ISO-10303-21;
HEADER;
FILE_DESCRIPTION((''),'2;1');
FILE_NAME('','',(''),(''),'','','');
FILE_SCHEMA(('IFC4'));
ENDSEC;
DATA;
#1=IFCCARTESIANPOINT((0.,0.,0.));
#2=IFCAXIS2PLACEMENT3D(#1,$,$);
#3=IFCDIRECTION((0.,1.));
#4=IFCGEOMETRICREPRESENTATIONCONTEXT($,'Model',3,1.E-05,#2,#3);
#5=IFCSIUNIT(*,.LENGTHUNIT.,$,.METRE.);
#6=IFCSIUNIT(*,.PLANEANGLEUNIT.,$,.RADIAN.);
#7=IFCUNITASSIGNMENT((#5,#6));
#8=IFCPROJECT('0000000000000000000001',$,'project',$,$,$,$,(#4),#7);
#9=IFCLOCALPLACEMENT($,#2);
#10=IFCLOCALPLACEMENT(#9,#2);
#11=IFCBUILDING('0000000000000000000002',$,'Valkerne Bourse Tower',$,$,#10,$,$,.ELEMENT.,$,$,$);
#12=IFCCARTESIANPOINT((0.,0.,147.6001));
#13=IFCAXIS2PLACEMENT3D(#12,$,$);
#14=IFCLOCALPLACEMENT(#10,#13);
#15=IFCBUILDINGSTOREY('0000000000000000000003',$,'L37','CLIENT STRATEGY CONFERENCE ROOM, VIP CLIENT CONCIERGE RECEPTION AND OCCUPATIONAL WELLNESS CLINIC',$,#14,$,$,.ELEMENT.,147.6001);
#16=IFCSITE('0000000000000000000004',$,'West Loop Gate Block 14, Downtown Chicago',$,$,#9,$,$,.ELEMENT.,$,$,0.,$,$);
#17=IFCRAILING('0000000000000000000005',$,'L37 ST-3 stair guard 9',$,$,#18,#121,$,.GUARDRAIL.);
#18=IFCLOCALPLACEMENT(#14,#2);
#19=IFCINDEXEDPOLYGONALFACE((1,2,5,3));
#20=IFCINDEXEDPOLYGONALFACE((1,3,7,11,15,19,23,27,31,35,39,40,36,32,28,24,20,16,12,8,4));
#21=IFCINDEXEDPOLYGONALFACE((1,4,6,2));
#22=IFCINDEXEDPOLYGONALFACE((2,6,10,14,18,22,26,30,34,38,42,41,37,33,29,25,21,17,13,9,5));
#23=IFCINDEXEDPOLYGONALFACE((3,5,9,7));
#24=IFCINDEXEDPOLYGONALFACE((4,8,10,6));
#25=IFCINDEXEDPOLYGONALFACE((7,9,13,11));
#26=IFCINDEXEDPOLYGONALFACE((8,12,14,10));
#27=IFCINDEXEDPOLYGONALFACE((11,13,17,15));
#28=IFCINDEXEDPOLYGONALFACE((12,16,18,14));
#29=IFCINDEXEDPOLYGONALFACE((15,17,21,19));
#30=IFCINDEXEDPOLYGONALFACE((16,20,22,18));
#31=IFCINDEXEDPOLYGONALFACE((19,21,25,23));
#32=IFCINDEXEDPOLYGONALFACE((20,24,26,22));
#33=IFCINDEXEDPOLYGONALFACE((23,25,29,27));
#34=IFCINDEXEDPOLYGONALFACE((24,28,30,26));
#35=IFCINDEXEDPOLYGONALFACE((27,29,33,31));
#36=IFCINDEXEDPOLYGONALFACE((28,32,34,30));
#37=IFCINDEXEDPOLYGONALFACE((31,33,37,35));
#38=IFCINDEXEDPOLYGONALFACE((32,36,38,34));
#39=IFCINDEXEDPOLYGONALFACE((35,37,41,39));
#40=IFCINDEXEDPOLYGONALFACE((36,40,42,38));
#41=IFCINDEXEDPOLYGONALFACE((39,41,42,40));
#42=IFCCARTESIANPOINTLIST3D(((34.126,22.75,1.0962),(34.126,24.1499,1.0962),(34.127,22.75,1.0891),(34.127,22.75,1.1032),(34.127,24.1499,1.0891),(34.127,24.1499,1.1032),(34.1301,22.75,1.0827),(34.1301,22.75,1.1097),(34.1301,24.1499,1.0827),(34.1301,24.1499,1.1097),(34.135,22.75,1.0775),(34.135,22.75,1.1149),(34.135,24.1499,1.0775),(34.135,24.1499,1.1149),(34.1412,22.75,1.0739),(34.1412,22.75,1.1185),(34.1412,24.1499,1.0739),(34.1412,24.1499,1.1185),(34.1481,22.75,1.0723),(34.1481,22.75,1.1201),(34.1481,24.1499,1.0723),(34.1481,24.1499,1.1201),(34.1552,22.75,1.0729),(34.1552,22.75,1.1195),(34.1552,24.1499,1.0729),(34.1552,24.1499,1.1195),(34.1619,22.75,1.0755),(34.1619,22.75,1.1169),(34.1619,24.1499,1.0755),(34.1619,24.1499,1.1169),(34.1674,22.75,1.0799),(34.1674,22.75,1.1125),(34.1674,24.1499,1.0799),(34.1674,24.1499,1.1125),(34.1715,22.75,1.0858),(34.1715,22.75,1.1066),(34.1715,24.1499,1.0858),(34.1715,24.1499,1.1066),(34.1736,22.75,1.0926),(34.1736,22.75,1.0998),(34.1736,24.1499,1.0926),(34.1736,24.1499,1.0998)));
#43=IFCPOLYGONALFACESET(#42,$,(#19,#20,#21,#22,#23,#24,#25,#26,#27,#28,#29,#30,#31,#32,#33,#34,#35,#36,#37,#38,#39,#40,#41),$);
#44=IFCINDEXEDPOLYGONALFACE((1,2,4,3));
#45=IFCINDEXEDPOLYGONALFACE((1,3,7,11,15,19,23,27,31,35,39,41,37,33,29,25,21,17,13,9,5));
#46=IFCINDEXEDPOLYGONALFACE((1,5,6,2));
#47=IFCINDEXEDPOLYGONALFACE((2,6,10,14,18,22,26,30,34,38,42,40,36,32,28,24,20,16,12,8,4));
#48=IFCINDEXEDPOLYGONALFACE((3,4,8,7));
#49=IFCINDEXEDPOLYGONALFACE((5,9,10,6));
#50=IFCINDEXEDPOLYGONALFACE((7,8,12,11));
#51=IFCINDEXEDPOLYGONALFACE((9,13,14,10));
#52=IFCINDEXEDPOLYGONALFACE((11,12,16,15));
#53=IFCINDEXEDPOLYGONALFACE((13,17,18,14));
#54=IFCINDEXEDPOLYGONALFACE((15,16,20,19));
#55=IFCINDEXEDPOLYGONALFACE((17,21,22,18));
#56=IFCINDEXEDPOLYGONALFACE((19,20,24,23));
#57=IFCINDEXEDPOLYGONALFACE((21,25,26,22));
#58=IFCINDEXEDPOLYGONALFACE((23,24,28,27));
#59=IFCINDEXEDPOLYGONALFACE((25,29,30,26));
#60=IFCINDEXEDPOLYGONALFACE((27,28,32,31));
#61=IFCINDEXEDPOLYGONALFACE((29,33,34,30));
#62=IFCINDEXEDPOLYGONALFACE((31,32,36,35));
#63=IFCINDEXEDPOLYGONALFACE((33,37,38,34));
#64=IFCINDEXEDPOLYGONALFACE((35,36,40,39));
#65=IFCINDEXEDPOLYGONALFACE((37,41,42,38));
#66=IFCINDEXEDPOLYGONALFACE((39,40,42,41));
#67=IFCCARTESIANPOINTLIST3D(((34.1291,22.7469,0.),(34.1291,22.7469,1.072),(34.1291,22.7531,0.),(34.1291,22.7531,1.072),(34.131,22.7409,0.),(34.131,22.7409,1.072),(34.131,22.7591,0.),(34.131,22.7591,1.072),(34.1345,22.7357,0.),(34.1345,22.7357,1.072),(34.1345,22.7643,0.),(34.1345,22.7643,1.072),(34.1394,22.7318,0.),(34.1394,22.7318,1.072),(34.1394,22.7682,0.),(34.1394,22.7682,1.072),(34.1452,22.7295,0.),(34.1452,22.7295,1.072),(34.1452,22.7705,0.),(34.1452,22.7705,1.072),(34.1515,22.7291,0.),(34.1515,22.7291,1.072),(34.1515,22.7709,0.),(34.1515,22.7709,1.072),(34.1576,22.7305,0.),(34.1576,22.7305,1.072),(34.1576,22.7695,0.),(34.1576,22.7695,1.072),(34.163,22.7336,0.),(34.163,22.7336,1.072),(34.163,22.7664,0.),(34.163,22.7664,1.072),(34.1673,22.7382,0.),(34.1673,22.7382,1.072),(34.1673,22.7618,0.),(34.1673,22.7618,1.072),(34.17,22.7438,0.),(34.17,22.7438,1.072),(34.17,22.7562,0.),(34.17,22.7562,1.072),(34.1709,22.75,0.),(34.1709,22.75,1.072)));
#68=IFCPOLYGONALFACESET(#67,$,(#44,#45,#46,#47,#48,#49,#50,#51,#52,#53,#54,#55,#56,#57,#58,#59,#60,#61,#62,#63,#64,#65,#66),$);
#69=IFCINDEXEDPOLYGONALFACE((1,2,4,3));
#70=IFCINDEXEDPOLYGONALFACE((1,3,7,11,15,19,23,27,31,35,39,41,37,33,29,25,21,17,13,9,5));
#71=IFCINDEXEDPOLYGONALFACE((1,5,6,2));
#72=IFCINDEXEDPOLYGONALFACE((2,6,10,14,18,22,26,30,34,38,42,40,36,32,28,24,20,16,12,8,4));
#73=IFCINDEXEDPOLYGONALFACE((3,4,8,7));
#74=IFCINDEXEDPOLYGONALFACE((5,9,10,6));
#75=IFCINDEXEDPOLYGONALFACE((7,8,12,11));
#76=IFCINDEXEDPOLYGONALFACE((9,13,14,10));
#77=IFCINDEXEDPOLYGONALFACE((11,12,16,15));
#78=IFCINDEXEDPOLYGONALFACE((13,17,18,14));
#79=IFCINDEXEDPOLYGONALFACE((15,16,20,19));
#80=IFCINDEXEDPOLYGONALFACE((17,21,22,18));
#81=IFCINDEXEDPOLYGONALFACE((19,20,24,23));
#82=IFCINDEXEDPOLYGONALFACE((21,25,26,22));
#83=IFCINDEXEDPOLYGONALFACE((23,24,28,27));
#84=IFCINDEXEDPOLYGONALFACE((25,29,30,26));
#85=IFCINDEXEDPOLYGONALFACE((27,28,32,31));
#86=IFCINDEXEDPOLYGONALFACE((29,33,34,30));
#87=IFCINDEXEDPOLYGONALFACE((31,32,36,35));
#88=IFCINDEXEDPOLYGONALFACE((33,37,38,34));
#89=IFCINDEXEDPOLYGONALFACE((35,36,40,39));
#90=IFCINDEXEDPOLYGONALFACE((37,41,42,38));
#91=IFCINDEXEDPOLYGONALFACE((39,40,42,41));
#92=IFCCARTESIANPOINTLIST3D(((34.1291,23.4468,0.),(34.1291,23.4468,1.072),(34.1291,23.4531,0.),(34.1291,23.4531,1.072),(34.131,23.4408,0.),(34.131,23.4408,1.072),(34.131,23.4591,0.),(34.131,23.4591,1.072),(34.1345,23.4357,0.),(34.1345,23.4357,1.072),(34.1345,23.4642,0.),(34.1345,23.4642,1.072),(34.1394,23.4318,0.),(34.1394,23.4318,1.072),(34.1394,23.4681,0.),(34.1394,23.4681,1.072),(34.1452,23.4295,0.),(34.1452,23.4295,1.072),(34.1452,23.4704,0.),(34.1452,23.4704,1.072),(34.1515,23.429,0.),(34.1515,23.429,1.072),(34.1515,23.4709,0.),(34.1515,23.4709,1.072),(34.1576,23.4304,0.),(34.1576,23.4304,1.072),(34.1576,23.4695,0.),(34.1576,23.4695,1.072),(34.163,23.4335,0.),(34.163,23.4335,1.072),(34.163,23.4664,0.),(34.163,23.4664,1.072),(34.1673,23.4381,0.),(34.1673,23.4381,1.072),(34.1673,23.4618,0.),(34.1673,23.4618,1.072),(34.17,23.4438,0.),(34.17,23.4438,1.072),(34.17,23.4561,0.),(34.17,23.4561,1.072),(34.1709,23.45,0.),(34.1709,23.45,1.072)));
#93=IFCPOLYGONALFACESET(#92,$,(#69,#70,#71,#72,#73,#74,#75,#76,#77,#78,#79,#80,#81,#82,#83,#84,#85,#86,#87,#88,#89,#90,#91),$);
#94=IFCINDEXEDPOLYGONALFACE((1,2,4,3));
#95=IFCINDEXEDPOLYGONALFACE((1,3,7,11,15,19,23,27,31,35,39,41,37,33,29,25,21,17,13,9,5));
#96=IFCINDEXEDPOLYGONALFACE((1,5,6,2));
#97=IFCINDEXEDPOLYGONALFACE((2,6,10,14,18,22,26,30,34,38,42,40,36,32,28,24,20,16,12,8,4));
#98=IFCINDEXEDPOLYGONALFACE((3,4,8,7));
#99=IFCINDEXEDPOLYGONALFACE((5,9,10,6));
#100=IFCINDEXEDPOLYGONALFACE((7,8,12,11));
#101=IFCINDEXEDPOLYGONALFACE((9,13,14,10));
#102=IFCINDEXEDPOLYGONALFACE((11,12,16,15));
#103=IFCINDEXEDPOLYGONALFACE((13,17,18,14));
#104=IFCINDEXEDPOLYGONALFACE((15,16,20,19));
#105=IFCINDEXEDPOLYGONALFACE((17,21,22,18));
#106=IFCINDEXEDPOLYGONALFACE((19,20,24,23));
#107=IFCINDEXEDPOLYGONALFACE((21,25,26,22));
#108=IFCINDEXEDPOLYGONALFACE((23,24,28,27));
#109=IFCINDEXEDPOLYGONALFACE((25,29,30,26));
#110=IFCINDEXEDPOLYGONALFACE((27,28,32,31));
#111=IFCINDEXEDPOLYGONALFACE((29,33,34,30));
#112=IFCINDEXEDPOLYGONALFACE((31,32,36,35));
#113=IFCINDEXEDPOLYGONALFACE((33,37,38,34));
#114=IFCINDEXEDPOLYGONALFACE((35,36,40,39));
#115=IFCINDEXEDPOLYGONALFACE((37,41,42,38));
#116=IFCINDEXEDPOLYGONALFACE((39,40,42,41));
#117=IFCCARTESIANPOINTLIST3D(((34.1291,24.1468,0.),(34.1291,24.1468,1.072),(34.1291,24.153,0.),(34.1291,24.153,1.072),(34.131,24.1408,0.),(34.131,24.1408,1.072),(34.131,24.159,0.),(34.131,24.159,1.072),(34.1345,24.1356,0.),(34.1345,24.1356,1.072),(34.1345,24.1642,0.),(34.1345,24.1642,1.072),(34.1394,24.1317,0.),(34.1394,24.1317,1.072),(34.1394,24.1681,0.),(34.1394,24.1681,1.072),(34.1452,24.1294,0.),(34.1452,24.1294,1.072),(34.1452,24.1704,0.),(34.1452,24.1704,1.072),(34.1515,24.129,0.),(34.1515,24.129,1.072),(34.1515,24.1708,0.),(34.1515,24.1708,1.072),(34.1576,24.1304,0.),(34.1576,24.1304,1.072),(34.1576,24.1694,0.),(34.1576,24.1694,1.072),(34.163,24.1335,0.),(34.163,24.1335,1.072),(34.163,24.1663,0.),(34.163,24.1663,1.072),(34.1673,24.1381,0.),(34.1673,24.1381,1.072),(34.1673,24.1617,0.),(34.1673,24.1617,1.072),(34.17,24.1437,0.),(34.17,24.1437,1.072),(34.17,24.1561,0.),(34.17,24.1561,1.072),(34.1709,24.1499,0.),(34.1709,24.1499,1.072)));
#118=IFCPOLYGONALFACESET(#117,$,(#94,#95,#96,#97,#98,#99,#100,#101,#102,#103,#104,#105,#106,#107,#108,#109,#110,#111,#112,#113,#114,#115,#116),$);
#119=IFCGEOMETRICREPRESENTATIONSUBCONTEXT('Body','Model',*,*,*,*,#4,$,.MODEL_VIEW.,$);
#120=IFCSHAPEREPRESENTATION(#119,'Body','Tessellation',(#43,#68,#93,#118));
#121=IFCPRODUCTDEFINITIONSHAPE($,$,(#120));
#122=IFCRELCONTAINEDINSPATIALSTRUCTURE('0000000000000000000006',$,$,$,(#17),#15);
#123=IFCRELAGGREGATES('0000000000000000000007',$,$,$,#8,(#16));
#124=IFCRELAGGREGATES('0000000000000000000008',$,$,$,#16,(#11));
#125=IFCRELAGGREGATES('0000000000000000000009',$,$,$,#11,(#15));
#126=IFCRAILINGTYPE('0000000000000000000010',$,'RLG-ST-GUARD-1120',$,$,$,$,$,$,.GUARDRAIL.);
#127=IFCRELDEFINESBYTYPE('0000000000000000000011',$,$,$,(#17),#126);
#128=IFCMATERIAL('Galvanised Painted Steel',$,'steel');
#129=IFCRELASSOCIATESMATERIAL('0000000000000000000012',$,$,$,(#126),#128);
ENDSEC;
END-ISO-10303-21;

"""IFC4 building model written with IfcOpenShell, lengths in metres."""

from ifc_helpers import new_model, si_unit, direction, frame, origin, origin_2d, place, context, subcontext, project, spatial, circle, extrude, material, type_object, element, save


model = new_model("IFC4")

# Units and contexts
model_context = context("Model", 3, precision=1e-05, world=origin(), true_north=direction((0.0, 1.0)))
body_context = subcontext(model_context, "Body", "Model", "MODEL_VIEW")
ifc_project = project(units=[si_unit("LENGTHUNIT", "METRE"), si_unit("PLANEANGLEUNIT", "RADIAN")], contexts=[model_context])

# Site, building, storey
site_placement = place(None, origin())
site = spatial("IfcSite", under=ifc_project, at=site_placement, Name="West Loop Gate Block 14, Downtown Chicago", CompositionType="ELEMENT", RefElevation=0.0)
building_placement = place(site_placement, origin())
building = spatial("IfcBuilding", under=site, at=building_placement, Name="Valkerne Bourse Tower", CompositionType="ELEMENT")
storey_placement = place(building_placement, frame((0.0, 0.0, 147.6001)))
storey = spatial("IfcBuildingStorey", under=building, at=storey_placement, Name="L37", Description="CLIENT STRATEGY CONFERENCE ROOM, VIP CLIENT CONCIERGE RECEPTION AND OCCUPATIONAL WELLNESS CLINIC", CompositionType="ELEMENT", Elevation=147.6001)

# Railing
ifc_material_1 = material(Name="Galvanised Painted Steel", Category="steel")
railing_type_1 = type_object("IfcRailingType", Name="RLG-ST-GUARD-1120", PredefinedType="GUARDRAIL", material=ifc_material_1)
for number, where, name in (
    (1, (34.1499, 22.75, 0.0), "L37 ST-3 stair guard 9"),
):
    element("IfcRailing", number, at=place(storey_placement, frame(where)), inside=storey, type_object=railing_type_1, Name=name, PredefinedType="GUARDRAIL", context=body_context, shape_type="SweptSolid", body=[
        extrude(circle(Radius=0.0239, at=origin_2d()), frame((0.0, 0.0, 1.0962), z_axis=(0.0, 1.0, 0.0), x_axis=(-1.0, 0.0, 0.0)), (0.0, 0.0, 1.0), 1.3999),
        extrude(circle(Radius=0.021, at=origin_2d()), origin(), (0.0, 0.0, 1.0), 1.072),
        extrude(circle(Radius=0.021, at=origin_2d()), frame((0.0, 0.7, 0.0)), (0.0, 0.0, 1.0), 1.072),
        extrude(circle(Radius=0.021, at=origin_2d()), frame((0.0, 1.3999, 0.0)), (0.0, 0.0, 1.0), 1.072),
    ])

save(model, "model.ifc")
